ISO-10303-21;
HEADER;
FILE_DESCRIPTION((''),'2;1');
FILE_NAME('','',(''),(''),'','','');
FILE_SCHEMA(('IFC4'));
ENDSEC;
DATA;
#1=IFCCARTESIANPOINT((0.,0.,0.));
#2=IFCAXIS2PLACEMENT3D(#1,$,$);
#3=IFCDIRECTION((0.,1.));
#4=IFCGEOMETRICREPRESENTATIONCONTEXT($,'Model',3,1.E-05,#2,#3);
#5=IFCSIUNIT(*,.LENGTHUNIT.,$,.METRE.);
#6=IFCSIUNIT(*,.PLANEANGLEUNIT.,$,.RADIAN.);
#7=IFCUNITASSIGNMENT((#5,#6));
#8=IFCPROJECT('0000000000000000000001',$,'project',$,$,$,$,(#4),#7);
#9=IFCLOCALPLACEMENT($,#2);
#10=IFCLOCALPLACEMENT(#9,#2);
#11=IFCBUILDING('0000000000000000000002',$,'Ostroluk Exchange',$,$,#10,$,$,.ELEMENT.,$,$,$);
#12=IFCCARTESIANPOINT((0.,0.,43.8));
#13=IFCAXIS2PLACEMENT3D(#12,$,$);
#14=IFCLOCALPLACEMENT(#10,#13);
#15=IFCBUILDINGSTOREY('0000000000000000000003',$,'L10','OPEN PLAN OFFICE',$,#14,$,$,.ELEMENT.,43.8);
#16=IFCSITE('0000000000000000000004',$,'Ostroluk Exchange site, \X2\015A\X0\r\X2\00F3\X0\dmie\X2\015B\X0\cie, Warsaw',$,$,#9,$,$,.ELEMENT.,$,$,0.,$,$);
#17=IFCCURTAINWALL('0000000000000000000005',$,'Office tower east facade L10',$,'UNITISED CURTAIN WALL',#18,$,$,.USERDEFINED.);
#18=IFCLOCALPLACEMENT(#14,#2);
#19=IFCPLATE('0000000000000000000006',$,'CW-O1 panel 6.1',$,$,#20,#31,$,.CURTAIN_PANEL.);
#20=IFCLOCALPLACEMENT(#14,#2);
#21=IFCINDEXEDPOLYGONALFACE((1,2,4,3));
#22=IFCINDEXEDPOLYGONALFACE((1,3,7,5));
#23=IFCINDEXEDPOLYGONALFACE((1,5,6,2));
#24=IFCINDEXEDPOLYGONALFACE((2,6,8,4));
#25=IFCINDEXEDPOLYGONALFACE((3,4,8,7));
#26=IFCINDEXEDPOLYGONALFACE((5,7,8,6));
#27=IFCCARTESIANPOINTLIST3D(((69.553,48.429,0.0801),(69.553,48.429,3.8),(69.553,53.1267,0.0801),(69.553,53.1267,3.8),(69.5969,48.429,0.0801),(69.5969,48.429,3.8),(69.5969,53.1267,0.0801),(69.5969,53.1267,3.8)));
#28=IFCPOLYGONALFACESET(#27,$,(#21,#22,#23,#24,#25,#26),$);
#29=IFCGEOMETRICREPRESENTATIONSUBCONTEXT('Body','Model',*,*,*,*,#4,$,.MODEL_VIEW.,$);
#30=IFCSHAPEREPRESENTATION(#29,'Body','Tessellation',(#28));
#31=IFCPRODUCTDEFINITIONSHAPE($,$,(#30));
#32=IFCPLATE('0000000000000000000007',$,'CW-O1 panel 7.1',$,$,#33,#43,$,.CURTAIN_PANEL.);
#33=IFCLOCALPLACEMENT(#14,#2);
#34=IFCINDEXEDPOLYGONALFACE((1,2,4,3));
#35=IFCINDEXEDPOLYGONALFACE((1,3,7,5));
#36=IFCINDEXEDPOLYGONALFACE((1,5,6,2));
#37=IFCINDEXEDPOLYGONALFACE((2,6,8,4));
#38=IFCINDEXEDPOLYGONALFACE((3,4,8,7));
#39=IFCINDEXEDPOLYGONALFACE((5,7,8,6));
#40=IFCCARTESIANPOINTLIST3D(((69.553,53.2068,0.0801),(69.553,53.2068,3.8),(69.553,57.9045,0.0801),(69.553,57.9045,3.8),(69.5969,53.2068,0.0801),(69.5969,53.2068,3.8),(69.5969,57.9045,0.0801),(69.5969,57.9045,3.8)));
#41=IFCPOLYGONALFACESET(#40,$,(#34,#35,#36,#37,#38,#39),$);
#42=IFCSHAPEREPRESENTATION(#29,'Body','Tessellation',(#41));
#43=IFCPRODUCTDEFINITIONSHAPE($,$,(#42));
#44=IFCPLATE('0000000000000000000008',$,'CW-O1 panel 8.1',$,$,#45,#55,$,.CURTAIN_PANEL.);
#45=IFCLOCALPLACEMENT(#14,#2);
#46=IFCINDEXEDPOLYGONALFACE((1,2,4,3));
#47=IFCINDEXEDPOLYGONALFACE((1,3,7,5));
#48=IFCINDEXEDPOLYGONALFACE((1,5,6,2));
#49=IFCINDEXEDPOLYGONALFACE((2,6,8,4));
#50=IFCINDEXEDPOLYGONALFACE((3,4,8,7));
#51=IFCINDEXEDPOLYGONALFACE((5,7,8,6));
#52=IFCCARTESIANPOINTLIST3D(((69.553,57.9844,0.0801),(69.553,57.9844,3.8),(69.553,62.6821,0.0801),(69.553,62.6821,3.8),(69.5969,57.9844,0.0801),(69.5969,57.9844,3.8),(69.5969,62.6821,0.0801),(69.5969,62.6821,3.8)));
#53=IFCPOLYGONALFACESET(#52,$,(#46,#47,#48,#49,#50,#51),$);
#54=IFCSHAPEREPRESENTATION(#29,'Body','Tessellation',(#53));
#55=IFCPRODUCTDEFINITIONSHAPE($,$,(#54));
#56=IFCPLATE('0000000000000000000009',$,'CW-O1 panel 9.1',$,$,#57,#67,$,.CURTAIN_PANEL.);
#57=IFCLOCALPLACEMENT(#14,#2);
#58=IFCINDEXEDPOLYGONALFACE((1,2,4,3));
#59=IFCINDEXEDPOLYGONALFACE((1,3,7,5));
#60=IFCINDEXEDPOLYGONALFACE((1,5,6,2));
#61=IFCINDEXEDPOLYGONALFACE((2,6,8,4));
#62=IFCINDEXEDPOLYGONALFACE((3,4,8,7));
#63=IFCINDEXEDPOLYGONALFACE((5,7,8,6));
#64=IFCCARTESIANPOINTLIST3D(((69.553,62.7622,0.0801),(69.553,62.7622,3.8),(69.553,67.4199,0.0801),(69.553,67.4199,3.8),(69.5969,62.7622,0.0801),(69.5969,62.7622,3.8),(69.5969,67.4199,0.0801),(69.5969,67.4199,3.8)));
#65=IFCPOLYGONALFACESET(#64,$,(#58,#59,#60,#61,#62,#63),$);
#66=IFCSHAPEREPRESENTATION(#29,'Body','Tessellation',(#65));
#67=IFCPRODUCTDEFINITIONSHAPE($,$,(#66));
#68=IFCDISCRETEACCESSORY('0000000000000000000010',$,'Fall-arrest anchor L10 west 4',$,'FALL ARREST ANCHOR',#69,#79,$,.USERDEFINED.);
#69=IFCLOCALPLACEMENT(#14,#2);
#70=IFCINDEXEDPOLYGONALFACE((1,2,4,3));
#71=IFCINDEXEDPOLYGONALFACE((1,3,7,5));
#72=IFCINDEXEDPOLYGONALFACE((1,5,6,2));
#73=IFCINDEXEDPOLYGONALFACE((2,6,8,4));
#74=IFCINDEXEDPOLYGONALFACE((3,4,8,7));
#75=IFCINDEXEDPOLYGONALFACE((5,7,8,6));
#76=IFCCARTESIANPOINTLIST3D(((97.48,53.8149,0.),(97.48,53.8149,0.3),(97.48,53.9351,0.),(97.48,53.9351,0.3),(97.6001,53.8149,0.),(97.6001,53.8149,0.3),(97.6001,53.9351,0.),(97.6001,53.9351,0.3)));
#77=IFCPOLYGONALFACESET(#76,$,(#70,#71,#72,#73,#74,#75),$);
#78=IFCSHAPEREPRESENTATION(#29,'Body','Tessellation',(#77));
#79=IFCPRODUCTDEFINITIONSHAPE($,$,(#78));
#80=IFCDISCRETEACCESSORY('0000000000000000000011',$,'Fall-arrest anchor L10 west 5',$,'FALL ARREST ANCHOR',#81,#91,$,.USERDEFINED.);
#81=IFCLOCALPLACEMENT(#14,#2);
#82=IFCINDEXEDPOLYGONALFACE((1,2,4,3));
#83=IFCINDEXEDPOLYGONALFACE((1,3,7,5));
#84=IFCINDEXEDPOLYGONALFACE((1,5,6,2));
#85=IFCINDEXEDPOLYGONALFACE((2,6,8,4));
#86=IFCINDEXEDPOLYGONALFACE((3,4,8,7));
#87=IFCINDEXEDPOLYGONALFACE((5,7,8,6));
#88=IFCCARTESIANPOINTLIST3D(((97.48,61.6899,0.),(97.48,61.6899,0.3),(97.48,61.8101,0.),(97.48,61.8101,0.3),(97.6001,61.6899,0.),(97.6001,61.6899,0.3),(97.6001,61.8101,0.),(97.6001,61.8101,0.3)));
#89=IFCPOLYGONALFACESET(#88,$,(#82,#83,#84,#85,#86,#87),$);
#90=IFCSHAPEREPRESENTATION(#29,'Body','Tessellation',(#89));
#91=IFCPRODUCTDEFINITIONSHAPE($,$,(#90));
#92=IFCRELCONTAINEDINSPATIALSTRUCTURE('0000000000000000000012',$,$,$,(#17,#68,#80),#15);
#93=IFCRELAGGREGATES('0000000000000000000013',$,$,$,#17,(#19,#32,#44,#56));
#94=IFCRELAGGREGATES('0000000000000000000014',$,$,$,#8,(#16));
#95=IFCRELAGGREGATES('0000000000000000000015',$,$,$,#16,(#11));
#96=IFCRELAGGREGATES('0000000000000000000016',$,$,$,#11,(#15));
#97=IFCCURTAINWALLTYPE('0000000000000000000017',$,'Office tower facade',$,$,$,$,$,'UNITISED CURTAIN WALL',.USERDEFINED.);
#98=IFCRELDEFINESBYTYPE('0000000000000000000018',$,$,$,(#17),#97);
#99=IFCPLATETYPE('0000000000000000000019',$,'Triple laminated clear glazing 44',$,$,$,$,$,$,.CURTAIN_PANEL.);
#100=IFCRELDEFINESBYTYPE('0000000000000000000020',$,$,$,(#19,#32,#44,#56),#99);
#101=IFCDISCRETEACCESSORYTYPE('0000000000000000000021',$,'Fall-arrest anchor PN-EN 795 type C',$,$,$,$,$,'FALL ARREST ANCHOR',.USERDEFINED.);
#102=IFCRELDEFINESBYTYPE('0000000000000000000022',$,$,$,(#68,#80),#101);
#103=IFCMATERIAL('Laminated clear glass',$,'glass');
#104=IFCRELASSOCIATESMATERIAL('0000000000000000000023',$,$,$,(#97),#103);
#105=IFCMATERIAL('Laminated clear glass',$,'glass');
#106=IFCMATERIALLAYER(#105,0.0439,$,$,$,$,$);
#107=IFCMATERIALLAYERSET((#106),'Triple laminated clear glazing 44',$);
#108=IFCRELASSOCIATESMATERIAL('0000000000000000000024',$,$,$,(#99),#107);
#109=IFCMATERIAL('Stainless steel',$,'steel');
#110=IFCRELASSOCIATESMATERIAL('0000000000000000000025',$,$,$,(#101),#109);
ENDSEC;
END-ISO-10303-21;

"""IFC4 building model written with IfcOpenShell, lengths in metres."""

from ifc_helpers import new_model, si_unit, direction, frame, origin, origin_2d, place, context, subcontext, project, spatial, rectangle, extrude, material, layer, layer_set, type_object, element, aggregate, save


model = new_model("IFC4")

# Units and contexts
model_context = context("Model", 3, precision=1e-05, world=origin(), true_north=direction((0.0, 1.0)))
body_context = subcontext(model_context, "Body", "Model", "MODEL_VIEW")
ifc_project = project(units=[si_unit("LENGTHUNIT", "METRE"), si_unit("PLANEANGLEUNIT", "RADIAN")], contexts=[model_context])

# Site, building, storey
site_placement = place(None, origin())
site = spatial("IfcSite", under=ifc_project, at=site_placement, Name="Ostroluk Exchange site, Śródmieście, Warsaw", CompositionType="ELEMENT", RefElevation=0.0)
building_placement = place(site_placement, origin())
building = spatial("IfcBuilding", under=site, at=building_placement, Name="Ostroluk Exchange", CompositionType="ELEMENT")
storey_placement = place(building_placement, frame((0.0, 0.0, 43.8)))
storey = spatial("IfcBuildingStorey", under=building, at=storey_placement, Name="L10", Description="OPEN PLAN OFFICE", CompositionType="ELEMENT", Elevation=43.8)

# Curtain wall
ifc_material_1 = material(Name="Laminated clear glass", Category="glass")
curtain_wall_type_1 = type_object("IfcCurtainWallType", Name="Office tower facade", ElementType="UNITISED CURTAIN WALL", PredefinedType="USERDEFINED", material=ifc_material_1)
curtain_wall_1_placement = place(storey_placement, origin())
curtain_wall_1 = element("IfcCurtainWall", 1, at=curtain_wall_1_placement, inside=storey, type_object=curtain_wall_type_1, Name="Office tower east facade L10", ObjectType="UNITISED CURTAIN WALL", PredefinedType="USERDEFINED")

# Plates
ifc_material_2 = material(Name="Laminated clear glass", Category="glass")
ifc_layer_1 = layer(ifc_material_2, 0.0439)
ifc_layer_set_1 = layer_set([ifc_layer_1], Name="Triple laminated clear glazing 44")
plate_type_1 = type_object("IfcPlateType", Name="Triple laminated clear glazing 44", PredefinedType="CURTAIN_PANEL", material=ifc_layer_set_1)
plate_1_placement = place(storey_placement, frame((69.575, 50.7778, 0.0801), z_axis=(0.0, 0.0, 1.0), x_axis=(0.0, 1.0, 0.0)))
plate_1 = element("IfcPlate", 2, at=plate_1_placement, type_object=plate_type_1, Name="CW-O1 panel 6.1", PredefinedType="CURTAIN_PANEL", context=body_context, shape_type="SweptSolid", body=[
    extrude(rectangle(XDim=4.6978, YDim=0.0439, at=origin_2d()), origin(), (0.0, 0.0, 1.0), 3.72),
])
plate_2_placement = place(storey_placement, frame((69.575, 55.5557, 0.0801), z_axis=(0.0, 0.0, 1.0), x_axis=(0.0, 1.0, 0.0)))
plate_2 = element("IfcPlate", 3, at=plate_2_placement, type_object=plate_type_1, Name="CW-O1 panel 7.1", PredefinedType="CURTAIN_PANEL", context=body_context, shape_type="SweptSolid", body=[
    extrude(rectangle(XDim=4.6978, YDim=0.0439, at=origin_2d()), origin(), (0.0, 0.0, 1.0), 3.72),
])
plate_3_placement = place(storey_placement, frame((69.575, 60.3333, 0.0801), z_axis=(0.0, 0.0, 1.0), x_axis=(0.0, 1.0, 0.0)))
plate_3 = element("IfcPlate", 4, at=plate_3_placement, type_object=plate_type_1, Name="CW-O1 panel 8.1", PredefinedType="CURTAIN_PANEL", context=body_context, shape_type="SweptSolid", body=[
    extrude(rectangle(XDim=4.6978, YDim=0.0439, at=origin_2d()), origin(), (0.0, 0.0, 1.0), 3.72),
])
plate_4_placement = place(storey_placement, frame((69.575, 65.0911, 0.0801), z_axis=(0.0, 0.0, 1.0), x_axis=(0.0, 1.0, 0.0)))
plate_4 = element("IfcPlate", 5, at=plate_4_placement, type_object=plate_type_1, Name="CW-O1 panel 9.1", PredefinedType="CURTAIN_PANEL", context=body_context, shape_type="SweptSolid", body=[
    extrude(rectangle(XDim=4.6577, YDim=0.0439, at=origin_2d()), origin(), (0.0, 0.0, 1.0), 3.72),
])
aggregate(curtain_wall_1, [plate_1, plate_2, plate_3, plate_4])

# Discrete accessories
ifc_material_3 = material(Name="Stainless steel", Category="steel")
discrete_accessory_type = type_object("IfcDiscreteAccessoryType", Name="Fall-arrest anchor PN-EN 795 type C", ElementType="FALL ARREST ANCHOR", PredefinedType="USERDEFINED", material=ifc_material_3)
for number, where, z_axis, x_axis, name in (
    (6, (97.54, 53.875, 0.0), (0.0, 0.0, 1.0), (1.0, 0.0, 0.0), "Fall-arrest anchor L10 west 4"),
    (7, (97.54, 61.75, 0.0), (0.0, 0.0, 1.0), (1.0, 0.0, 0.0), "Fall-arrest anchor L10 west 5"),
):
    element("IfcDiscreteAccessory", number, at=place(storey_placement, frame(where, z_axis=z_axis, x_axis=x_axis)), inside=storey, type_object=discrete_accessory_type, Name=name, ObjectType="FALL ARREST ANCHOR", PredefinedType="USERDEFINED", context=body_context, shape_type="SweptSolid", body=[
        extrude(rectangle(XDim=0.1201, YDim=0.1201, at=origin_2d()), origin(), (0.0, 0.0, 1.0), 0.3),
    ])

save(model, "model.ifc")
